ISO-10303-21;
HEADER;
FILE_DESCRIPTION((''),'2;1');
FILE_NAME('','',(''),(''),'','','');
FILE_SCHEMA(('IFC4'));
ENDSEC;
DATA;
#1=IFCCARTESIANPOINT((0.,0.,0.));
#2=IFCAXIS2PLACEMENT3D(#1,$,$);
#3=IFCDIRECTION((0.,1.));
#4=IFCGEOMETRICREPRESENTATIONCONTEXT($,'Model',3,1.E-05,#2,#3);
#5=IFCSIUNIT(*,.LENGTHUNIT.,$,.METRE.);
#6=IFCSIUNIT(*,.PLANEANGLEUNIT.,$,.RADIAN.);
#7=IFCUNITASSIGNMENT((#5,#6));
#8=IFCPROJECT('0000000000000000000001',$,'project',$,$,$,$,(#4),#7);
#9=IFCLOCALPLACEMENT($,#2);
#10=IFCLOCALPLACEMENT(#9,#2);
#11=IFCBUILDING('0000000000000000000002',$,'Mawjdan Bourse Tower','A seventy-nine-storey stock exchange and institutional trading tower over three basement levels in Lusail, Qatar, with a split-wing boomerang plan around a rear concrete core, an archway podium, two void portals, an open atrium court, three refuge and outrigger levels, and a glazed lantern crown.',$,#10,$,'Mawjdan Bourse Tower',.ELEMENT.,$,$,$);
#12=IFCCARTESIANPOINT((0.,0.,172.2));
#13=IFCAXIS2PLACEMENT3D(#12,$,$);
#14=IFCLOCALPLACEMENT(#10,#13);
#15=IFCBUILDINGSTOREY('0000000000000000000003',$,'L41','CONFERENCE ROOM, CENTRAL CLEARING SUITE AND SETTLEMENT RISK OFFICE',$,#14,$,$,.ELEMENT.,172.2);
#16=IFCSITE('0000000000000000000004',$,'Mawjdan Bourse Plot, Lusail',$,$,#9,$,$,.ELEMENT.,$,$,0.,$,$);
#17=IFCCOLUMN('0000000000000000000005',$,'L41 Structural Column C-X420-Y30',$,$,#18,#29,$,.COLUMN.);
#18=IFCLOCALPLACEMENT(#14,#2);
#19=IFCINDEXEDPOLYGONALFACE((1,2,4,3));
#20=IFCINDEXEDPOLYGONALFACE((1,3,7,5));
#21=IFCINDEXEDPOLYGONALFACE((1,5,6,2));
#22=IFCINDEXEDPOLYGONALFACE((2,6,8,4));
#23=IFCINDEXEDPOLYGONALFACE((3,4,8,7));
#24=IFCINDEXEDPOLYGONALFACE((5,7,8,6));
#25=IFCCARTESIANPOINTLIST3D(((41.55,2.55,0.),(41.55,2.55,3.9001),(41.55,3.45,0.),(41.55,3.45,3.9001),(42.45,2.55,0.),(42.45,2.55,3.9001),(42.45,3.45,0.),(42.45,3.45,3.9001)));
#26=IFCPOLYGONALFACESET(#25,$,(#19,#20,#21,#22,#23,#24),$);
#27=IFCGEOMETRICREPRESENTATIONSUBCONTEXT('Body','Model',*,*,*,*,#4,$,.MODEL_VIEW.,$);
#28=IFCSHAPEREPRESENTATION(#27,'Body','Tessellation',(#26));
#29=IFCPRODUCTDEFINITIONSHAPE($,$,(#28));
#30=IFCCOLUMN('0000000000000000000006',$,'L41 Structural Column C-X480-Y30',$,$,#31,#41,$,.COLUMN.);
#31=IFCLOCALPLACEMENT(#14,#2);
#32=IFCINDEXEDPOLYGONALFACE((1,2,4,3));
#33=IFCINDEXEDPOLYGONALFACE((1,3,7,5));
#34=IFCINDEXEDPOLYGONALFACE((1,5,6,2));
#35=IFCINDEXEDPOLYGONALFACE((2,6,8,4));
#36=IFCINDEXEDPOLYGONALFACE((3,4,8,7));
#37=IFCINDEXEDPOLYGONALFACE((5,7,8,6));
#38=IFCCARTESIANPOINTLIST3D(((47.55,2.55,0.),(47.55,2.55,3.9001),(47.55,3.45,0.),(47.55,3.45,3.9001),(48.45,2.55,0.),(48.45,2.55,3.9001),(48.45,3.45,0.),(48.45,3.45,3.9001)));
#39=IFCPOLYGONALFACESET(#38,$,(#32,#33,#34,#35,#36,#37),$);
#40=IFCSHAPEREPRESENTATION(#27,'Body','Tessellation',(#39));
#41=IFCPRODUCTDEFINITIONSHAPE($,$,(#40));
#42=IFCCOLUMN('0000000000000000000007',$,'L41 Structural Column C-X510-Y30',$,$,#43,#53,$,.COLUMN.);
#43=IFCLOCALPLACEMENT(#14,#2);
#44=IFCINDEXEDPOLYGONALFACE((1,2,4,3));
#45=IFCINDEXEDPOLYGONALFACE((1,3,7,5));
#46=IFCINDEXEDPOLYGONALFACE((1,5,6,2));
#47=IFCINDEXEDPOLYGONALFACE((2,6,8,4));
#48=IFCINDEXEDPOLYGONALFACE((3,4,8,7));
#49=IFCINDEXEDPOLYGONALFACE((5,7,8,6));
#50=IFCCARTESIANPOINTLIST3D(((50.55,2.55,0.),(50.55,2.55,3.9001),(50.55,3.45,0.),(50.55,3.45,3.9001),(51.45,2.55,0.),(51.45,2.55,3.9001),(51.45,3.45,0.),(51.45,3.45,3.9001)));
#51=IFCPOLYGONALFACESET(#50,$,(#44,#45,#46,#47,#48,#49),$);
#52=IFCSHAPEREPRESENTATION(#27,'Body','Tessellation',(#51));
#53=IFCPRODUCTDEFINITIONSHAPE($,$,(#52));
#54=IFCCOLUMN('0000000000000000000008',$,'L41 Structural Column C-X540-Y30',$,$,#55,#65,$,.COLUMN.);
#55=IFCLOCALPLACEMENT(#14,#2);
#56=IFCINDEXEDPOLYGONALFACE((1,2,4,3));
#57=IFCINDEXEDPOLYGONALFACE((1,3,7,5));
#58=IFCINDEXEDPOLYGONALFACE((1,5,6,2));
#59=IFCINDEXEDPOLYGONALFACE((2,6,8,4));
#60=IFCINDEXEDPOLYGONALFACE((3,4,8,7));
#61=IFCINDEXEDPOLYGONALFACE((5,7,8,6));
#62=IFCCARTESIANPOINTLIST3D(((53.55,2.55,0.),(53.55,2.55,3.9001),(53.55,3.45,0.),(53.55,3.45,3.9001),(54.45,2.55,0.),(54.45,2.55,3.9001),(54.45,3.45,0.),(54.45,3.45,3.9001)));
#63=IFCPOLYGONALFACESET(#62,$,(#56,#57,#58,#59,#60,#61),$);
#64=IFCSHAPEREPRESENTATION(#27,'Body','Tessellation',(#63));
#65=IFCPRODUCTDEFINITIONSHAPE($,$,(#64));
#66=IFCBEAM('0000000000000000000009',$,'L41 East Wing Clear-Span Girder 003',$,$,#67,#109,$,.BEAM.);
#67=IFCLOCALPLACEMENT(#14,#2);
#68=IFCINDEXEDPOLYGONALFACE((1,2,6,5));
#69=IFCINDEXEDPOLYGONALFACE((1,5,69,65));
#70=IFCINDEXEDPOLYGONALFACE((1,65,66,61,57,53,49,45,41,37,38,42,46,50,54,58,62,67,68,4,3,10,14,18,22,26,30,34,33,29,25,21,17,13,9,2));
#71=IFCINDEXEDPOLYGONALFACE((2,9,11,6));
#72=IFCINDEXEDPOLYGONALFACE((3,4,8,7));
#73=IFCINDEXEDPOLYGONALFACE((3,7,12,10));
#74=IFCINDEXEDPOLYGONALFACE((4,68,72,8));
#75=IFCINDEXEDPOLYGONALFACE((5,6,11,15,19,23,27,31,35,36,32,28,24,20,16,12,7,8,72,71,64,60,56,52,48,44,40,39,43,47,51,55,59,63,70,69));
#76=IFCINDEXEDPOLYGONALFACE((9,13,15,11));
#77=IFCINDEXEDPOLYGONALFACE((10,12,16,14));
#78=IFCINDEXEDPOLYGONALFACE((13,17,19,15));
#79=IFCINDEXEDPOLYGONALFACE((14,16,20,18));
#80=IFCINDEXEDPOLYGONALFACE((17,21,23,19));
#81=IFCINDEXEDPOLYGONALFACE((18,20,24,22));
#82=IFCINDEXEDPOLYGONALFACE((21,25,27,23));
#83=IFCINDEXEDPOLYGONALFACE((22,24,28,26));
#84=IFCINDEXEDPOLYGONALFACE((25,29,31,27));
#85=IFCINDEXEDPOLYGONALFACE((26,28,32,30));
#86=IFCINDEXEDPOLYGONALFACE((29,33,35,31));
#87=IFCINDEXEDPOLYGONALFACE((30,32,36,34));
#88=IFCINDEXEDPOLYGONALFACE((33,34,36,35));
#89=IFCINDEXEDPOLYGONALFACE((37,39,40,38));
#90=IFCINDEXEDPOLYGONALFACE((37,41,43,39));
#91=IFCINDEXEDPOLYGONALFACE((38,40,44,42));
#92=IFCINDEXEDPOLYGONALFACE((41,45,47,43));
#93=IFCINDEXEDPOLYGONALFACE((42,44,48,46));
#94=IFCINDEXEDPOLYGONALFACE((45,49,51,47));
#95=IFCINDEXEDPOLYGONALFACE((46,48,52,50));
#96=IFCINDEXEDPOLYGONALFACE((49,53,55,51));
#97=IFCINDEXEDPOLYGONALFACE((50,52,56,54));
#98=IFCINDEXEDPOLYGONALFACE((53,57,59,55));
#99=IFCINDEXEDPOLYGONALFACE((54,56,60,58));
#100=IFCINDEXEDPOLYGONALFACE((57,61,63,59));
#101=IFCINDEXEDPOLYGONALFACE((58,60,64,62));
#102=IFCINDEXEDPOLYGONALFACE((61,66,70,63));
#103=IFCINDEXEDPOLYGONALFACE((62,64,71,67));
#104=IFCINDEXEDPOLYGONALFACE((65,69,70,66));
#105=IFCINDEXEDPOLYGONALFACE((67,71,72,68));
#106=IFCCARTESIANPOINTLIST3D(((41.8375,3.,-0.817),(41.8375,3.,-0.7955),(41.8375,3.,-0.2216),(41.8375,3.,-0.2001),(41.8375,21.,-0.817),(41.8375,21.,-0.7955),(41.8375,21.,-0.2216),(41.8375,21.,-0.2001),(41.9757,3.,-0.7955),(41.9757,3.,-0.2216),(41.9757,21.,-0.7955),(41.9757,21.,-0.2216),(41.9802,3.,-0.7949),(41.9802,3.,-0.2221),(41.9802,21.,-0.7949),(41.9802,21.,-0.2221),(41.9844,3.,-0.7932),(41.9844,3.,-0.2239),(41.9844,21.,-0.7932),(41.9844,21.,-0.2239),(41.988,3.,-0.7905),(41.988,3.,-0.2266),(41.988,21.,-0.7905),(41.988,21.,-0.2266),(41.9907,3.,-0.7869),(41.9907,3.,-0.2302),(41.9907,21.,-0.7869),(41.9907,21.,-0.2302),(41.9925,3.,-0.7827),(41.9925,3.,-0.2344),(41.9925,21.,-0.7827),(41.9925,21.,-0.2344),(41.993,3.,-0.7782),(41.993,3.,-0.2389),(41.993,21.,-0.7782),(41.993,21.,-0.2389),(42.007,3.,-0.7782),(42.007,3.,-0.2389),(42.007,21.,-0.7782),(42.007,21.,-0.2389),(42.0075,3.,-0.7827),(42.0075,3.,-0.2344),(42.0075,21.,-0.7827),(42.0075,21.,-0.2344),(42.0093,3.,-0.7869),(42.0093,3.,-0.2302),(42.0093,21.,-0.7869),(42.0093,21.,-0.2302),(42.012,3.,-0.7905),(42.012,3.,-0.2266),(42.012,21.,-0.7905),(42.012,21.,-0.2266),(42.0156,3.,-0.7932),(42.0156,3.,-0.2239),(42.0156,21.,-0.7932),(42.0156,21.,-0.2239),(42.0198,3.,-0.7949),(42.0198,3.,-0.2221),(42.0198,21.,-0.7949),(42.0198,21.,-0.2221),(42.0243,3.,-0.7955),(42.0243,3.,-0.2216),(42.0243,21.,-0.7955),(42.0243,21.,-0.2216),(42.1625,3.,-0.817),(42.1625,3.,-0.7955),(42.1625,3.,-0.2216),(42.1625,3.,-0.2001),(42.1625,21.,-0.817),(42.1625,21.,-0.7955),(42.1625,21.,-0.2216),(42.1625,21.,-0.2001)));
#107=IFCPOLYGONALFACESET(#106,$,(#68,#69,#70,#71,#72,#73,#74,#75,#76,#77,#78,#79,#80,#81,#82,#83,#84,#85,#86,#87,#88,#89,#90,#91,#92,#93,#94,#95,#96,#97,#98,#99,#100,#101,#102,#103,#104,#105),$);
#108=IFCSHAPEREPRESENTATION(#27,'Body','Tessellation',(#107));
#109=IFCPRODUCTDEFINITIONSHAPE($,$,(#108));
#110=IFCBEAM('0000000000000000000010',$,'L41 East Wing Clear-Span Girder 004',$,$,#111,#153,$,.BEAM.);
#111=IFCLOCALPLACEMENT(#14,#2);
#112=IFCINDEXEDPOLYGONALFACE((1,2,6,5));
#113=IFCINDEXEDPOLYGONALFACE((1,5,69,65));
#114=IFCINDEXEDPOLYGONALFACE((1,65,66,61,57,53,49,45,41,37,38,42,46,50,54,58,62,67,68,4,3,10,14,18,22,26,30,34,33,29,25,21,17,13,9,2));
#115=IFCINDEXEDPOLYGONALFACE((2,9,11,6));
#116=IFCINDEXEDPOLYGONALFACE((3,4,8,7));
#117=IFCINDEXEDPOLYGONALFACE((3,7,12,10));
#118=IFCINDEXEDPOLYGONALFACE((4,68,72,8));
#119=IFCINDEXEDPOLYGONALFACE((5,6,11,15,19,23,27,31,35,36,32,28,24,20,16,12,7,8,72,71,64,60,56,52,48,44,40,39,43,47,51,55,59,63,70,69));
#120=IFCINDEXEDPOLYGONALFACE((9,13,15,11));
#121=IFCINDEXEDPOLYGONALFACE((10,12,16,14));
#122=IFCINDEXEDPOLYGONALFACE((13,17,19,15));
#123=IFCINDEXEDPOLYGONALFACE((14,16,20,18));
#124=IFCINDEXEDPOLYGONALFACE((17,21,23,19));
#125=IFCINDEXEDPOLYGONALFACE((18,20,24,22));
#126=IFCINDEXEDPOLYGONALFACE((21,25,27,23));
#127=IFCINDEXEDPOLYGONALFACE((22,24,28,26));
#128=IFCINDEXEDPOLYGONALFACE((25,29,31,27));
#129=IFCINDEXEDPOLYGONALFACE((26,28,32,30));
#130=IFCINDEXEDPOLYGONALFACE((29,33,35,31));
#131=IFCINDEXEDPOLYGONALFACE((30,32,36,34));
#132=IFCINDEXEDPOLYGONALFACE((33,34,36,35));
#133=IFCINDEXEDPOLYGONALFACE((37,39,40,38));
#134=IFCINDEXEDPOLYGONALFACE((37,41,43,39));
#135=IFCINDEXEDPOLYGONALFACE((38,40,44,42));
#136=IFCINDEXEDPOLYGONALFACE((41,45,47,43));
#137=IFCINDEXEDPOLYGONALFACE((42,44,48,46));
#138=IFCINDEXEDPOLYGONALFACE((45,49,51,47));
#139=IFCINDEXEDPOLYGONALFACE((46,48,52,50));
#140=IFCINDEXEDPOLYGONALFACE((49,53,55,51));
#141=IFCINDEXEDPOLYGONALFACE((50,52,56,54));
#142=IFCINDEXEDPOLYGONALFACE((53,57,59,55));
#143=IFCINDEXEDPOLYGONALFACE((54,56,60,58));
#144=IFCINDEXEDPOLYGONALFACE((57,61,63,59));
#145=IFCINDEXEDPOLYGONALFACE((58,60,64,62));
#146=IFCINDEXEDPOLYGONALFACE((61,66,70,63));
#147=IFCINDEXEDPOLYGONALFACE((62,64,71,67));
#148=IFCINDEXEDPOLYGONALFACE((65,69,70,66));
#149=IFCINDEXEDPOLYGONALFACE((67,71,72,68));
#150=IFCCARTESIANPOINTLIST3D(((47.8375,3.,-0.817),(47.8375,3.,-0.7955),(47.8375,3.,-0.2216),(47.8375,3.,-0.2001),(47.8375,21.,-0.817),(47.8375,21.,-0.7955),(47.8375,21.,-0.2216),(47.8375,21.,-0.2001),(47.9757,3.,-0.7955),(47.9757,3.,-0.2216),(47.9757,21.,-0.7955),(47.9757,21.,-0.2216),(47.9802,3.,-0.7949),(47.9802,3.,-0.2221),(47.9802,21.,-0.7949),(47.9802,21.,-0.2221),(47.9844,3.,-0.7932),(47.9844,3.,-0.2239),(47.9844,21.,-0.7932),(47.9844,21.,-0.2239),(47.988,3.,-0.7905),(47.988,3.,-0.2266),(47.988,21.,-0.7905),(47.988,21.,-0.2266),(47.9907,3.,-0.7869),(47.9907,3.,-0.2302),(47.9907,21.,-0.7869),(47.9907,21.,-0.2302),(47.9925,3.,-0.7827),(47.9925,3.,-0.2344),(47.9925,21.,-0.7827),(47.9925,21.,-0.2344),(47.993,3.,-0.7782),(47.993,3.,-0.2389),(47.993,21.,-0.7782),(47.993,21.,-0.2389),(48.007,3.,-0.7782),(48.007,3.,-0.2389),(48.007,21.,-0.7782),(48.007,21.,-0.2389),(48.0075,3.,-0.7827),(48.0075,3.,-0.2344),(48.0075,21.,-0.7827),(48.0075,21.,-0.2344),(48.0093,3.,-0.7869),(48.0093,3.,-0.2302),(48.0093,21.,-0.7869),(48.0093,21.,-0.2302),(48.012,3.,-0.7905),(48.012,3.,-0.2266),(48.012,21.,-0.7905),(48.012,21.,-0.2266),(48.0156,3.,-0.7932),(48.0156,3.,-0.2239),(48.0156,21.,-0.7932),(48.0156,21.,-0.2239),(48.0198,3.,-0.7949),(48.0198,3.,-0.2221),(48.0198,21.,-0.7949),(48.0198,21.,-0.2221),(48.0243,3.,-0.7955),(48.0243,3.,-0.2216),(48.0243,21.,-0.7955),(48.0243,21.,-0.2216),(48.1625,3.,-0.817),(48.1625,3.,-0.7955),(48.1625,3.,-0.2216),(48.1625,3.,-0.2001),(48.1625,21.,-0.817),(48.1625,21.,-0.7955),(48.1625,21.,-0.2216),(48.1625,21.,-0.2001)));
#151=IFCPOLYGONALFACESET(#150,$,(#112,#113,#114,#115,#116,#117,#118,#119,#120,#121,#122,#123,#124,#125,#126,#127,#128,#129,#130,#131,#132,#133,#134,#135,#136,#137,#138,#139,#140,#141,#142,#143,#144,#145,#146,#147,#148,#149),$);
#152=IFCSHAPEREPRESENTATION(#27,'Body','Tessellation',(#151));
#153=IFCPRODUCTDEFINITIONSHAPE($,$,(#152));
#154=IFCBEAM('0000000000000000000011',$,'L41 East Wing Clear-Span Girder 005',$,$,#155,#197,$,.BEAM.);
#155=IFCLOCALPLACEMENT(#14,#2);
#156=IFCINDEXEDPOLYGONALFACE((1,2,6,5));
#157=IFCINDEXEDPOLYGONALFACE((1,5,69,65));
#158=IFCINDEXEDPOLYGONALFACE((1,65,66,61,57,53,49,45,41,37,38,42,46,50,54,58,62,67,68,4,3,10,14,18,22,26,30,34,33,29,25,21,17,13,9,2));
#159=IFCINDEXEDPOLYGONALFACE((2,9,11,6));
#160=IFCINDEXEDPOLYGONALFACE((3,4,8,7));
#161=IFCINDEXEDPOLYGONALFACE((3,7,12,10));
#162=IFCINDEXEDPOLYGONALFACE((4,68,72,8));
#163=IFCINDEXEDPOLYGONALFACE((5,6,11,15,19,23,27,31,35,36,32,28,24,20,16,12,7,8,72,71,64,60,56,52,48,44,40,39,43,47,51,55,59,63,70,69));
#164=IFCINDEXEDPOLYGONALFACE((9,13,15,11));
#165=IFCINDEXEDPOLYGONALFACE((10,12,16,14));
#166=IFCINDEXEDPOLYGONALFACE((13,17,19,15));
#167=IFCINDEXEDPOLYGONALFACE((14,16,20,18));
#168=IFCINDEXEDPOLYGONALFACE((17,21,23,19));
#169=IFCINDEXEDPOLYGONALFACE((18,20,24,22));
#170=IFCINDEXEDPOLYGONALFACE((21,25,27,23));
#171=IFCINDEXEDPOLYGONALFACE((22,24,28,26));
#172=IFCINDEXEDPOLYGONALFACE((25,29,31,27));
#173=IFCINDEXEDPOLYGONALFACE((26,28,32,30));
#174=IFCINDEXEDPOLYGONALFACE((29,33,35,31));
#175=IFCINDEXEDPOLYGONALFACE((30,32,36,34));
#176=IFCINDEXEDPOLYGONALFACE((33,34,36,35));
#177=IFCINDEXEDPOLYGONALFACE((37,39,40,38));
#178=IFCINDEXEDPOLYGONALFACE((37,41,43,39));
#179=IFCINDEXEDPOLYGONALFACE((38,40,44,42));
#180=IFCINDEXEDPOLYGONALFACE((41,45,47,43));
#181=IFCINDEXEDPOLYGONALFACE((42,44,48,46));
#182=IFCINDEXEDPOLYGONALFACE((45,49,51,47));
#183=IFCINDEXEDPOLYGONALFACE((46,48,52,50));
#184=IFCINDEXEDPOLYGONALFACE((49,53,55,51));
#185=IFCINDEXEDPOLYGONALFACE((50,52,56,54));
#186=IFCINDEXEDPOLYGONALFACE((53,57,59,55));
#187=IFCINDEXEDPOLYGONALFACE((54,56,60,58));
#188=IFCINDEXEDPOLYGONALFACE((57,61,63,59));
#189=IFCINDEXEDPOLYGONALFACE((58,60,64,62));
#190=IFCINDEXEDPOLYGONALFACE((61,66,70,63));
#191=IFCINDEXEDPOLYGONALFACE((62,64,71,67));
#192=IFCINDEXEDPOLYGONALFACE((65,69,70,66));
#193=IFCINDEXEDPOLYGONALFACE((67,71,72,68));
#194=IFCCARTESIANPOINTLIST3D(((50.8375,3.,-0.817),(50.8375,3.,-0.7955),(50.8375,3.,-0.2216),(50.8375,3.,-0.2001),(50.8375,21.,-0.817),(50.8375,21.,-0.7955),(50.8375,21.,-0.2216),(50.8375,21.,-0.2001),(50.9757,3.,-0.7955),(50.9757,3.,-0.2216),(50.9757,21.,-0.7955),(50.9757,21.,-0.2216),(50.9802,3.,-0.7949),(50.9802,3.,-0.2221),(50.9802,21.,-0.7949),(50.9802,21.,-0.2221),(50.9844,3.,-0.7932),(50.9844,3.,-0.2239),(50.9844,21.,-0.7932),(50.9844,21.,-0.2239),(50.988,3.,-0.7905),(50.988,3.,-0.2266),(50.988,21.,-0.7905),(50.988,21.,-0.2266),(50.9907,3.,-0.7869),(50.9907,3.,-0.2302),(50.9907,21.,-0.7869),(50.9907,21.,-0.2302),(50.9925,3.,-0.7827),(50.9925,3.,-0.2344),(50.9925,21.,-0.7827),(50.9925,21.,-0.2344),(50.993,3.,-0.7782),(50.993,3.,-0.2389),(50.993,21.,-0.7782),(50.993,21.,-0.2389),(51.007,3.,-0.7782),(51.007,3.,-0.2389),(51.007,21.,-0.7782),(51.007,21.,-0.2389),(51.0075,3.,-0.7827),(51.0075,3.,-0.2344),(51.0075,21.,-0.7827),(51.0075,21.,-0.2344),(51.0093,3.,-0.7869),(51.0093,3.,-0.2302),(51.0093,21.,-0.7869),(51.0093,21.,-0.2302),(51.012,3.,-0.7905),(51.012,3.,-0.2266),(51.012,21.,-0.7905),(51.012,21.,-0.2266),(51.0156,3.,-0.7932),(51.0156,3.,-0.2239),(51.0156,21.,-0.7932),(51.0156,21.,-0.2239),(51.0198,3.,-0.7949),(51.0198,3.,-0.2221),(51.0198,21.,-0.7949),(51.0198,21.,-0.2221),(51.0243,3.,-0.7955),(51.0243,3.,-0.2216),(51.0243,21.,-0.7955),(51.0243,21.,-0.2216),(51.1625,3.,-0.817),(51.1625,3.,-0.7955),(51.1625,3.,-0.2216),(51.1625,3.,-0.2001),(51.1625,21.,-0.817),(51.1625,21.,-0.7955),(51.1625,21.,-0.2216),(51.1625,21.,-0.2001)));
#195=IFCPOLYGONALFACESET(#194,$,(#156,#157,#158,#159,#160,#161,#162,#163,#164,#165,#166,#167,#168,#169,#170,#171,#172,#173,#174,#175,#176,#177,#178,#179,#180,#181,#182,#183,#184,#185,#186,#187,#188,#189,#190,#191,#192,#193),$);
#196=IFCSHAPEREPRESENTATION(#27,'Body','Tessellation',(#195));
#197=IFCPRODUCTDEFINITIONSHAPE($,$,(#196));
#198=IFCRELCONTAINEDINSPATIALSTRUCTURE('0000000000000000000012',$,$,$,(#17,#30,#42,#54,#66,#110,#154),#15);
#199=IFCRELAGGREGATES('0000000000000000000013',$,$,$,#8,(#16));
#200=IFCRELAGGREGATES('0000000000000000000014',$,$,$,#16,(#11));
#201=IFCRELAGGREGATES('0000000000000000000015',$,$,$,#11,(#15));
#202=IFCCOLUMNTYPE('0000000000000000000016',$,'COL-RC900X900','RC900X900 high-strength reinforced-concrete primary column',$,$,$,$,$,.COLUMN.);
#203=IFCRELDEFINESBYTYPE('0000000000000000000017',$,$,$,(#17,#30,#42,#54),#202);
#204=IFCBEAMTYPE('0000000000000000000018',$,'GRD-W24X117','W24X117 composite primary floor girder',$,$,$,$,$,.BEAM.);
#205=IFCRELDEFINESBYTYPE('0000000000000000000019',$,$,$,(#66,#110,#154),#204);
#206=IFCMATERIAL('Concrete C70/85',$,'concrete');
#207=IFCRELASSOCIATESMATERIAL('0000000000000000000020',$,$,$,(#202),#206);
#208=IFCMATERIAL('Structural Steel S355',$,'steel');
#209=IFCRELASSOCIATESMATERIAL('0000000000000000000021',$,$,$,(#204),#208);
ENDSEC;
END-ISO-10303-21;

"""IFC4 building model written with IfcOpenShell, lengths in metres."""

from ifc_helpers import new_model, si_unit, direction, frame, origin, origin_2d, place, context, subcontext, project, spatial, rectangle, i_section, extrude, material, material_profile, profile_set, type_object, element, save


model = new_model("IFC4")

# Units and contexts
model_context = context("Model", 3, precision=1e-05, world=origin(), true_north=direction((0.0, 1.0)))
body_context = subcontext(model_context, "Body", "Model", "MODEL_VIEW")
ifc_project = project(units=[si_unit("LENGTHUNIT", "METRE"), si_unit("PLANEANGLEUNIT", "RADIAN")], contexts=[model_context])

# Site, building, storey
site_placement = place(None, origin())
site = spatial("IfcSite", under=ifc_project, at=site_placement, Name="Mawjdan Bourse Plot, Lusail", CompositionType="ELEMENT", RefElevation=0.0)
building_placement = place(site_placement, origin())
building = spatial("IfcBuilding", under=site, at=building_placement, Name="Mawjdan Bourse Tower", Description="A seventy-nine-storey stock exchange and institutional trading tower over three basement levels in Lusail, Qatar, with a split-wing boomerang plan around a rear concrete core, an archway podium, two void portals, an open atrium court, three refuge and outrigger levels, and a glazed lantern crown.", LongName="Mawjdan Bourse Tower", CompositionType="ELEMENT")
storey_placement = place(building_placement, frame((0.0, 0.0, 172.2)))
storey = spatial("IfcBuildingStorey", under=building, at=storey_placement, Name="L41", Description="CONFERENCE ROOM, CENTRAL CLEARING SUITE AND SETTLEMENT RISK OFFICE", CompositionType="ELEMENT", Elevation=172.2)

# Columns
ifc_material_1 = material(Name="Concrete C70/85", Category="concrete")
ifc_material_profile_1 = material_profile(ifc_material_1, rectangle(XDim=0.8999, YDim=0.8999, at=origin_2d()), Name="RC900X900")
ifc_profile_set_1 = profile_set([ifc_material_profile_1], Name="Concrete C70/85")
column_type = type_object("IfcColumnType", Name="COL-RC900X900", Description="RC900X900 high-strength reinforced-concrete primary column", PredefinedType="COLUMN", material=ifc_profile_set_1)
for number, where, z_axis, x_axis, name in (
    (1, (42.0, 3.0, 0.0), (0.0, 0.0, 1.0), (1.0, 0.0, 0.0), "L41 Structural Column C-X420-Y30"),
    (2, (48.0, 3.0, 0.0), (0.0, 0.0, 1.0), (1.0, 0.0, 0.0), "L41 Structural Column C-X480-Y30"),
    (3, (51.0, 3.0, 0.0), (0.0, 0.0, 1.0), (1.0, 0.0, 0.0), "L41 Structural Column C-X510-Y30"),
    (4, (54.0, 3.0, 0.0), (0.0, 0.0, 1.0), (1.0, 0.0, 0.0), "L41 Structural Column C-X540-Y30"),
):
    element("IfcColumn", number, at=place(storey_placement, frame(where, z_axis=z_axis, x_axis=x_axis)), inside=storey, type_object=column_type, Name=name, PredefinedType="COLUMN", context=body_context, shape_type="SweptSolid", body=[
        extrude(rectangle(XDim=0.8999, YDim=0.8999, at=origin_2d()), origin(), (0.0, 0.0, 1.0), 3.9001),
    ])

# Beams
ifc_material_2 = material(Name="Structural Steel S355", Category="steel")
ifc_material_profile_2 = material_profile(ifc_material_2, i_section(OverallWidth=0.325, OverallDepth=0.6169, WebThickness=0.0139, FlangeThickness=0.0215, FilletRadius=0.0173, at=origin_2d()), Name="W24X117")
ifc_profile_set_2 = profile_set([ifc_material_profile_2], Name="Structural Steel S355")
beam_type_1 = type_object("IfcBeamType", Name="GRD-W24X117", Description="W24X117 composite primary floor girder", PredefinedType="BEAM", material=ifc_profile_set_2)
for number, where, z_axis, x_axis, name in (
    (5, (42.0, 3.0, -0.5085), (0.0, 1.0, 0.0), (-1.0, 0.0, 0.0), "L41 East Wing Clear-Span Girder 003"),
    (6, (48.0, 3.0, -0.5085), (0.0, 1.0, 0.0), (-1.0, 0.0, 0.0), "L41 East Wing Clear-Span Girder 004"),
    (7, (51.0, 3.0, -0.5085), (0.0, 1.0, 0.0), (-1.0, 0.0, 0.0), "L41 East Wing Clear-Span Girder 005"),
):
    element("IfcBeam", number, at=place(storey_placement, frame(where, z_axis=z_axis, x_axis=x_axis)), inside=storey, type_object=beam_type_1, Name=name, PredefinedType="BEAM", context=body_context, shape_type="SweptSolid", body=[
        extrude(i_section(OverallWidth=0.325, OverallDepth=0.6169, WebThickness=0.0139, FlangeThickness=0.0215, FilletRadius=0.0173, at=origin_2d()), origin(), (0.0, 0.0, 1.0), 18.0),
    ])

save(model, "model.ifc")
